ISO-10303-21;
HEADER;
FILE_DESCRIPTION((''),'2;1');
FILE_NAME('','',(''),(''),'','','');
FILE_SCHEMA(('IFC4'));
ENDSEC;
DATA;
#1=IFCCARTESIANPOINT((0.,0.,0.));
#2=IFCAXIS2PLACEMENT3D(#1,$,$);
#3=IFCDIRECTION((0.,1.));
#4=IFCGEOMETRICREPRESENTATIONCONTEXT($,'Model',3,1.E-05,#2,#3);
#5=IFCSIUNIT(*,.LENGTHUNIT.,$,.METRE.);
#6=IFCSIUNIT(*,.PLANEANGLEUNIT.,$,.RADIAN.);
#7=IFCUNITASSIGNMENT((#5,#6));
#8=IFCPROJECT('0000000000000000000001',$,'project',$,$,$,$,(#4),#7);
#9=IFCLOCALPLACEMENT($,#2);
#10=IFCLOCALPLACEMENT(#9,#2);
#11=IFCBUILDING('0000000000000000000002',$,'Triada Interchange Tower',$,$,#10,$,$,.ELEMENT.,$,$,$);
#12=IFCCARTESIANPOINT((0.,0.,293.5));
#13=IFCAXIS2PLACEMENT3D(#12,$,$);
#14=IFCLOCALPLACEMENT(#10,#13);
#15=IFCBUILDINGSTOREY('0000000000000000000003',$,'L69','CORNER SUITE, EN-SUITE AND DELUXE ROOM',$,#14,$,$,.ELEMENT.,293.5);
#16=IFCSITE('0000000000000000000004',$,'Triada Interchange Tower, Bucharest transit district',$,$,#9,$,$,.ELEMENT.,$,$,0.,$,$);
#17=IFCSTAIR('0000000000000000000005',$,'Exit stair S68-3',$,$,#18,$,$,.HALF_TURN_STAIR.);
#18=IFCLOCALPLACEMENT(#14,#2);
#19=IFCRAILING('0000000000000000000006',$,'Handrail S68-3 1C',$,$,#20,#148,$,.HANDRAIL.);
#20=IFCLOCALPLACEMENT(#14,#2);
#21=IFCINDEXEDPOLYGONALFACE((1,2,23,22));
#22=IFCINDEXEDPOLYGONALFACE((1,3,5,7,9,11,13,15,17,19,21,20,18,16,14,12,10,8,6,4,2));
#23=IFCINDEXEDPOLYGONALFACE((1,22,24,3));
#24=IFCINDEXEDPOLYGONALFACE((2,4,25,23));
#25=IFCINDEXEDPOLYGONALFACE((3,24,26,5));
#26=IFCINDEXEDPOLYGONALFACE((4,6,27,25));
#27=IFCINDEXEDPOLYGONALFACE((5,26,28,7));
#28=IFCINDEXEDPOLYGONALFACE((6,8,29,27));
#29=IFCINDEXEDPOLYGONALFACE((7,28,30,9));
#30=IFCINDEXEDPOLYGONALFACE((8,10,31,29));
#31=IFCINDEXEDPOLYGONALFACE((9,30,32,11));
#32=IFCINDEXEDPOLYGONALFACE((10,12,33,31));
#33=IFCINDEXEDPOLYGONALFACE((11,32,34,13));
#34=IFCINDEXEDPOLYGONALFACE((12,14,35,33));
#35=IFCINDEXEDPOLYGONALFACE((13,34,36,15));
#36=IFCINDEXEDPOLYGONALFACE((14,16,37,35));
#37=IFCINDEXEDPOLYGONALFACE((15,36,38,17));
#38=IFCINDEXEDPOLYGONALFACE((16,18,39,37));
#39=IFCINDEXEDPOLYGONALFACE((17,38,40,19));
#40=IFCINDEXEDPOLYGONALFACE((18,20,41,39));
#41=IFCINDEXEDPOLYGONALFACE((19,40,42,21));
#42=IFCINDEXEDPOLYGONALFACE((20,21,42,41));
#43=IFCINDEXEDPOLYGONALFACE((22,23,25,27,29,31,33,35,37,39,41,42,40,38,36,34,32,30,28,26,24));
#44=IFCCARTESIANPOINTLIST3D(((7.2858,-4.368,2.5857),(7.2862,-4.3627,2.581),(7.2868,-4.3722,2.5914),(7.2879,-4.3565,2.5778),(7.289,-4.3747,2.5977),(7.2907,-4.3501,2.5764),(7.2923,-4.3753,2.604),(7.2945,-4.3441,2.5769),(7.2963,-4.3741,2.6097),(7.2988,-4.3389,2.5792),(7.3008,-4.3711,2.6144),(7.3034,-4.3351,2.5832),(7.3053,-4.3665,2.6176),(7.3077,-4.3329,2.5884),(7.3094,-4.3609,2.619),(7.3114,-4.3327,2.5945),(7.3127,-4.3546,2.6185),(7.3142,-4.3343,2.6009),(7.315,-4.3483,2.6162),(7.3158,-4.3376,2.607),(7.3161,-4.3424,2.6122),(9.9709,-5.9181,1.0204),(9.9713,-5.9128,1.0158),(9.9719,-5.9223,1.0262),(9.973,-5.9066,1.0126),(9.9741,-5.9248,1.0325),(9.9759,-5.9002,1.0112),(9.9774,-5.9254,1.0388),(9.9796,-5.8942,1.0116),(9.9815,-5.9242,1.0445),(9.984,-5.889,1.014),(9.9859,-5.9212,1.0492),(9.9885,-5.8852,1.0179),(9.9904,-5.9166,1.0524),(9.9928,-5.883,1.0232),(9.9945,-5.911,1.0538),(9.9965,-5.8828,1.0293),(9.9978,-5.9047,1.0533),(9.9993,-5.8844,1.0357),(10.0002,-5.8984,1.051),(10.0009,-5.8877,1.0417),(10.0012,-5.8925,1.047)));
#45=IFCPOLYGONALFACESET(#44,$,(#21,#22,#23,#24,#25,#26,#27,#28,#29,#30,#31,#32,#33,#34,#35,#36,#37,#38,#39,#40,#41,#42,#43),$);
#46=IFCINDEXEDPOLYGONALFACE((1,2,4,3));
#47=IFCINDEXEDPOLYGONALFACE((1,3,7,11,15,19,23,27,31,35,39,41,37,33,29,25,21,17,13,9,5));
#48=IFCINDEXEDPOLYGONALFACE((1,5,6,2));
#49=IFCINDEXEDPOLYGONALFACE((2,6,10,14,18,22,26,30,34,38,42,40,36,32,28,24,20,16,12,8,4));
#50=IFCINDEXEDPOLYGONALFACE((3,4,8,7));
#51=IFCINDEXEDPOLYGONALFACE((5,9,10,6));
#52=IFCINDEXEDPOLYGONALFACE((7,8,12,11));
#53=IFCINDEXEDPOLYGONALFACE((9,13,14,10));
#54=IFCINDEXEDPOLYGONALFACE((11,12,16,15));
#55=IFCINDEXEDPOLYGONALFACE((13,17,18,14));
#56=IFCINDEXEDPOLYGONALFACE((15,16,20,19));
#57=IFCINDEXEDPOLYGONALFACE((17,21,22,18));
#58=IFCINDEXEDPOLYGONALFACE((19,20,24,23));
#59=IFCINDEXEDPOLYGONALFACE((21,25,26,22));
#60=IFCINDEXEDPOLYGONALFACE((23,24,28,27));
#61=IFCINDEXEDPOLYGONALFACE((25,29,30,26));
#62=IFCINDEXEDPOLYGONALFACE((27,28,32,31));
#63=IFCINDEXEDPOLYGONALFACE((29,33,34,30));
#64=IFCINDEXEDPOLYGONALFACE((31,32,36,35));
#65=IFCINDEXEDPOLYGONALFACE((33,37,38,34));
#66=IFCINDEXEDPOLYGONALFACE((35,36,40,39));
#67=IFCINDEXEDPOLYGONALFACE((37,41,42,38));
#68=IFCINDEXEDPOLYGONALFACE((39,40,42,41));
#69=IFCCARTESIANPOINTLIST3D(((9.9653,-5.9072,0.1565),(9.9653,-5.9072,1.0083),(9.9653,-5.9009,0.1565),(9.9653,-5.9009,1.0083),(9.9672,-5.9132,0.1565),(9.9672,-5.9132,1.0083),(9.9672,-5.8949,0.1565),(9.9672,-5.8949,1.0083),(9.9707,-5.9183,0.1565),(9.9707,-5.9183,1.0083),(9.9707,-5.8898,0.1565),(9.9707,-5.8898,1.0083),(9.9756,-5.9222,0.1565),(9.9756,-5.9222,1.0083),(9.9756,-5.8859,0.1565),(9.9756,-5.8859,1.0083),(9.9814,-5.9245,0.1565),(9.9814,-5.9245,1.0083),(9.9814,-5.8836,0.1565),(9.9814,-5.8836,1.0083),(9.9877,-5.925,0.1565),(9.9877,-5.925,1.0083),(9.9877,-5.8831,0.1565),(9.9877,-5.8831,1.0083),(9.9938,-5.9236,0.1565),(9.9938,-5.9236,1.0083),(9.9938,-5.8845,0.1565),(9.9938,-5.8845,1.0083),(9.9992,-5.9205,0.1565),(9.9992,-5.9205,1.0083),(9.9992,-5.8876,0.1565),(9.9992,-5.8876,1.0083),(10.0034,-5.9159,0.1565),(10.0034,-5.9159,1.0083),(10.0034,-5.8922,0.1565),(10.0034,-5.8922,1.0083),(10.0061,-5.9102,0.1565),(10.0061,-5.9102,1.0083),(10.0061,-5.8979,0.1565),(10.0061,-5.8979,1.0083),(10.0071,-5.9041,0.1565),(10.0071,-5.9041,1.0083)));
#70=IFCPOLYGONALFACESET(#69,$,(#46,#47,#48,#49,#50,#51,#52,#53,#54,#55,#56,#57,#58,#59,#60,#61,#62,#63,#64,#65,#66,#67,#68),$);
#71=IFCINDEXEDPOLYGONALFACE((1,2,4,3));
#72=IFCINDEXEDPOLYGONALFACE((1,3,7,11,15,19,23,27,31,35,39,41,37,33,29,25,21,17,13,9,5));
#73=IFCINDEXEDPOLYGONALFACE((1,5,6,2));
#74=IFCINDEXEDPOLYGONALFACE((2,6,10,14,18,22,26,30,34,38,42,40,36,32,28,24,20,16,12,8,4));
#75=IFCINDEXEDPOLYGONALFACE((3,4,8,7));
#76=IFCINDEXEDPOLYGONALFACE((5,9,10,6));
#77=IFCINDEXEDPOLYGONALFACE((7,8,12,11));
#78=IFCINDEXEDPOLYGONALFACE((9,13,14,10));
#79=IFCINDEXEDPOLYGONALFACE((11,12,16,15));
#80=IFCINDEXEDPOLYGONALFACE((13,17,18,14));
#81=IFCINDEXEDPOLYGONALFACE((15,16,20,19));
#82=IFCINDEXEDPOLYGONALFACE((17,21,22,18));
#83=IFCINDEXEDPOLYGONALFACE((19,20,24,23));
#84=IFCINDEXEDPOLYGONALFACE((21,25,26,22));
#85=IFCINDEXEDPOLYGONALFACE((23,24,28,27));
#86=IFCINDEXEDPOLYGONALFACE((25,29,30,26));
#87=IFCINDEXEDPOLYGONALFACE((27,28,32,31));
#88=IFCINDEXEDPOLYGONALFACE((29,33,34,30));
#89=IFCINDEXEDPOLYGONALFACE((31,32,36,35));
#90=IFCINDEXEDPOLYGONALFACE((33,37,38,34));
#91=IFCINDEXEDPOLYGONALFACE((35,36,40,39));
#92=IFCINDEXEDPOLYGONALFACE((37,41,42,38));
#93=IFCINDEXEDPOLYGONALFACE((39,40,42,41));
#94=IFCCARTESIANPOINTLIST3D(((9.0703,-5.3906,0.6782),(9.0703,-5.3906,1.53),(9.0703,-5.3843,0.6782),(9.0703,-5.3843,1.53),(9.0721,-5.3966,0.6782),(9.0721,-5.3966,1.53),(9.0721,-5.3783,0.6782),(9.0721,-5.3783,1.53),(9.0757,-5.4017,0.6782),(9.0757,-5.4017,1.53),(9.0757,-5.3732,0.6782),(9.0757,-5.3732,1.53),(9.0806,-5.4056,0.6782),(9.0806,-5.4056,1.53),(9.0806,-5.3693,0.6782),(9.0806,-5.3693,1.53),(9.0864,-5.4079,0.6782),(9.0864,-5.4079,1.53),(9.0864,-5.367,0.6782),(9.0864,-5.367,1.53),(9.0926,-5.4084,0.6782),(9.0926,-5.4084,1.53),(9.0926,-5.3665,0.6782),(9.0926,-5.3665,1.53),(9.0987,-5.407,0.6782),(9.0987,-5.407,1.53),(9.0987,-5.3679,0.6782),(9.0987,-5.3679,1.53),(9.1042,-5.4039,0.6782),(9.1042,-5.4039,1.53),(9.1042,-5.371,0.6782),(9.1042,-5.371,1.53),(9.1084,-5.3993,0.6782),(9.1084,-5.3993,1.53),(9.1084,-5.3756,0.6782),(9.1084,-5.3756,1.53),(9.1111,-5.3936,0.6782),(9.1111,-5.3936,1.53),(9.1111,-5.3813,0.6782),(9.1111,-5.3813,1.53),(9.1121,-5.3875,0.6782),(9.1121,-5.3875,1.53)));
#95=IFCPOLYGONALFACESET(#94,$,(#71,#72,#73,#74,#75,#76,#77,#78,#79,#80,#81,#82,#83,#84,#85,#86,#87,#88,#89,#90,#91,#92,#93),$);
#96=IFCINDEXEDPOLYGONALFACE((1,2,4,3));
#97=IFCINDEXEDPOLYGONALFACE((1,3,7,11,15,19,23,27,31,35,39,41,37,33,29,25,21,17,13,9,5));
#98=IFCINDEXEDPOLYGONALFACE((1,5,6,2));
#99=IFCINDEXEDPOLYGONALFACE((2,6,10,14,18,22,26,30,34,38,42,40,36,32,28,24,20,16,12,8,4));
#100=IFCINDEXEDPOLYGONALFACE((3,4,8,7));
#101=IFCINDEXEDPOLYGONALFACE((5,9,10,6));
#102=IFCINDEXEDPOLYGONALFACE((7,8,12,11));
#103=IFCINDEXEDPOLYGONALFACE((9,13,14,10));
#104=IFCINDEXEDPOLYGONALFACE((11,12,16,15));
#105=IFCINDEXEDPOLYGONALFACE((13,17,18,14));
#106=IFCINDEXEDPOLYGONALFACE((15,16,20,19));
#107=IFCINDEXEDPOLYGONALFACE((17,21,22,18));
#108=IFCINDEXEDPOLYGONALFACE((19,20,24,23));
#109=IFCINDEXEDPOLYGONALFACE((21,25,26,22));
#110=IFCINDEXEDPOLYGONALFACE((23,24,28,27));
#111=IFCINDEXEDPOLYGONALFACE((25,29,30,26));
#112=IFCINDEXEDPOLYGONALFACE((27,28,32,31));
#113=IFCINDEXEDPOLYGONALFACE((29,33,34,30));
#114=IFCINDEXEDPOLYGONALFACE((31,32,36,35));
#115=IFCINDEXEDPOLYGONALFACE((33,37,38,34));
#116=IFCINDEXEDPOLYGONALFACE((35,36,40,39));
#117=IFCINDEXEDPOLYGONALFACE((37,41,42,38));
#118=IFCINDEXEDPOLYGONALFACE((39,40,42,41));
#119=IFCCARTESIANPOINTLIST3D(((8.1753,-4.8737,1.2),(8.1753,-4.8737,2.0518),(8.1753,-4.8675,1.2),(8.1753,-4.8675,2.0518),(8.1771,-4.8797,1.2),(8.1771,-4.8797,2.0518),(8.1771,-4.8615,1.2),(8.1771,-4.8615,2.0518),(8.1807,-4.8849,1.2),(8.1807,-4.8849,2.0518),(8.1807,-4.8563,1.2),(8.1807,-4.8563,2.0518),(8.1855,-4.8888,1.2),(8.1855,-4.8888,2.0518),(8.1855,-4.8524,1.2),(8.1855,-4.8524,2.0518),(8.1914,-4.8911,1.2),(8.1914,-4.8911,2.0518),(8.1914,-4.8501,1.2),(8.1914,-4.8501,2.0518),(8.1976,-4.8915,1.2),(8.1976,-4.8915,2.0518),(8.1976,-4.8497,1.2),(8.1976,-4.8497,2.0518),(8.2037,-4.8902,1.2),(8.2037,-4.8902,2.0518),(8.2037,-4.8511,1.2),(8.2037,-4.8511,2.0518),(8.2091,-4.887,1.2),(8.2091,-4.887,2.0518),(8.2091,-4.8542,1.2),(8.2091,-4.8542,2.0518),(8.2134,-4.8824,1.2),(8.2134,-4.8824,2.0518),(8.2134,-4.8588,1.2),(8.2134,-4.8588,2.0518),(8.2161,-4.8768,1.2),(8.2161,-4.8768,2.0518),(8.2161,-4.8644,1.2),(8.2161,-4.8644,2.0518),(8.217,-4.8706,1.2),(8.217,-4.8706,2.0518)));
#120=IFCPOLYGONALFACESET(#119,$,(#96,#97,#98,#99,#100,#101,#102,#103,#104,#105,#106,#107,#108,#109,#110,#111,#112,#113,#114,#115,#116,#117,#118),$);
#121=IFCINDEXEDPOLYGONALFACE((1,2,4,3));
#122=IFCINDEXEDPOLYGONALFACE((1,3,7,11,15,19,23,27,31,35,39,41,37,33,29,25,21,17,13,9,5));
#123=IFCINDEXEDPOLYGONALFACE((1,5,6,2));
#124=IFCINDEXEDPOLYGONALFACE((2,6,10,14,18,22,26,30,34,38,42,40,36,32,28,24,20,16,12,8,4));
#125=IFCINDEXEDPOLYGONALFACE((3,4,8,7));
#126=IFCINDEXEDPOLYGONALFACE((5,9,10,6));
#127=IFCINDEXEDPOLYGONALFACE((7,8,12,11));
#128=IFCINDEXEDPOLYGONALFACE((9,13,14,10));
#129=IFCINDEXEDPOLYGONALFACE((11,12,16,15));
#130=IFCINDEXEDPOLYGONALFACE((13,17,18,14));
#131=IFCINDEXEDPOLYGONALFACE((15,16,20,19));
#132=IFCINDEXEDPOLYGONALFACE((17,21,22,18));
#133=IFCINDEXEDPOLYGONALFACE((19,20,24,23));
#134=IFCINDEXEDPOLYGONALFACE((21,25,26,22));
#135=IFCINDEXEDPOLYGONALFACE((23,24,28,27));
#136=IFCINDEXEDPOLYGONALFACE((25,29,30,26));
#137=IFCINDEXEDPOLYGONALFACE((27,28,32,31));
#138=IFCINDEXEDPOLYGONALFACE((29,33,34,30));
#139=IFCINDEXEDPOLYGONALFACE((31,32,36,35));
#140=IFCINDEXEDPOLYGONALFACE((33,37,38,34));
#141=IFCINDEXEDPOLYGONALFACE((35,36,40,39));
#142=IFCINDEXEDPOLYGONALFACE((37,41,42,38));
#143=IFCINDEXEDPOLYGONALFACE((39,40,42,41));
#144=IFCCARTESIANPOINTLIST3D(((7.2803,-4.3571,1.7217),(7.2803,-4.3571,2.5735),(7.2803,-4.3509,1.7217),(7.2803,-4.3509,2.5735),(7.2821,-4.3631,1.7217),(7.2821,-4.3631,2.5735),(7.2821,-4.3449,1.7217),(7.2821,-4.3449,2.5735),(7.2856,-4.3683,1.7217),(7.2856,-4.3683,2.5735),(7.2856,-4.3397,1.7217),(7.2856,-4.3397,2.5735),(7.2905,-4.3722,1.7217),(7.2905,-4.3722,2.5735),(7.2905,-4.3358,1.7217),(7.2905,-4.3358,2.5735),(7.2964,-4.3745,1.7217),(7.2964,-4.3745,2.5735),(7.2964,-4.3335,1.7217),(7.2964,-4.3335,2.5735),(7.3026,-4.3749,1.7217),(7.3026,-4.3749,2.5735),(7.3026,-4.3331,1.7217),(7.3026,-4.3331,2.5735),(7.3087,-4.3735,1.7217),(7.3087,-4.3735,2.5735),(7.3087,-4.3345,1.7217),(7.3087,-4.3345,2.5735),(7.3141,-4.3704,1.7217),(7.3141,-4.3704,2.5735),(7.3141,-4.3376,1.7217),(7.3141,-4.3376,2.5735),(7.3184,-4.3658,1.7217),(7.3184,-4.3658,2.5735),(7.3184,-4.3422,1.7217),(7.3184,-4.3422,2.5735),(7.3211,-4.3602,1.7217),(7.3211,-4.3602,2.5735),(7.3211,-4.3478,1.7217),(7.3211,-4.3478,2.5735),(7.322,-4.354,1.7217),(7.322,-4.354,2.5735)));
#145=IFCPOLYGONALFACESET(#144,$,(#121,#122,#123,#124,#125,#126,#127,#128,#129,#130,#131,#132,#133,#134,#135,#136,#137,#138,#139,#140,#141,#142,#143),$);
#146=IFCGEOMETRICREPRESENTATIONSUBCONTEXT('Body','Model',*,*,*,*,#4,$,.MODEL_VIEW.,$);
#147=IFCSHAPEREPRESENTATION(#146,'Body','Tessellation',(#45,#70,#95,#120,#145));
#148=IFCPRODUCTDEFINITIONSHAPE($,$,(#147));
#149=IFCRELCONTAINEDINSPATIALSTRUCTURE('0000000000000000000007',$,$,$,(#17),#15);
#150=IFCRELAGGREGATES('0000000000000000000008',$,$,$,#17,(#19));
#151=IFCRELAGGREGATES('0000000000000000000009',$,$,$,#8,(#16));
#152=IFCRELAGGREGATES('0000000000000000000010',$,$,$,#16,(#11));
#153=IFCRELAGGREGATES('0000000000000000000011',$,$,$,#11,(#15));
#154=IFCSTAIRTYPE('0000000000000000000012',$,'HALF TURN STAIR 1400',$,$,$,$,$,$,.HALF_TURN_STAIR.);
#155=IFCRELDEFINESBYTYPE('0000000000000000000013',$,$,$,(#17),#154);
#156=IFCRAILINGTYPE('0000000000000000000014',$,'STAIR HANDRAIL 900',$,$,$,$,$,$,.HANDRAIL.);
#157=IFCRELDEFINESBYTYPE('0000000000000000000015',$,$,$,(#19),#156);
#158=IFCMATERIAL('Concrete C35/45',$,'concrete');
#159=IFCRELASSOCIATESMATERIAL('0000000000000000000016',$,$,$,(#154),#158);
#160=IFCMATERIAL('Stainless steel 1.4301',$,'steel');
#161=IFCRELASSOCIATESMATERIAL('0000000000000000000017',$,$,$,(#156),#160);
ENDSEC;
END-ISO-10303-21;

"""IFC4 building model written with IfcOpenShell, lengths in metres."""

from ifc_helpers import new_model, si_unit, direction, frame, origin, origin_2d, place, context, subcontext, project, spatial, circle, extrude, material, type_object, element, aggregate, save


model = new_model("IFC4")

# Units and contexts
model_context = context("Model", 3, precision=1e-05, world=origin(), true_north=direction((0.0, 1.0)))
body_context = subcontext(model_context, "Body", "Model", "MODEL_VIEW")
ifc_project = project(units=[si_unit("LENGTHUNIT", "METRE"), si_unit("PLANEANGLEUNIT", "RADIAN")], contexts=[model_context])

# Site, building, storey
site_placement = place(None, origin())
site = spatial("IfcSite", under=ifc_project, at=site_placement, Name="Triada Interchange Tower, Bucharest transit district", CompositionType="ELEMENT", RefElevation=0.0)
building_placement = place(site_placement, origin())
building = spatial("IfcBuilding", under=site, at=building_placement, Name="Triada Interchange Tower", CompositionType="ELEMENT")
storey_placement = place(building_placement, frame((0.0, 0.0, 293.5)))
storey = spatial("IfcBuildingStorey", under=building, at=storey_placement, Name="L69", Description="CORNER SUITE, EN-SUITE AND DELUXE ROOM", CompositionType="ELEMENT", Elevation=293.5)

# Stair, railing
ifc_material_1 = material(Name="Concrete C35/45", Category="concrete")
stair_type = type_object("IfcStairType", Name="HALF TURN STAIR 1400", PredefinedType="HALF_TURN_STAIR", material=ifc_material_1)
stair_placement = place(storey_placement, origin())
stair = element("IfcStair", 1, at=stair_placement, inside=storey, type_object=stair_type, Name="Exit stair S68-3", PredefinedType="HALF_TURN_STAIR")
ifc_material_2 = material(Name="Stainless steel 1.4301", Category="steel")
railing_type = type_object("IfcRailingType", Name="STAIR HANDRAIL 900", PredefinedType="HANDRAIL", material=ifc_material_2)
railing_1_placement = place(storey_placement, frame((9.9861, -5.9041, 0.1565)))
railing_1 = element("IfcRailing", 2, at=railing_1_placement, type_object=railing_type, Name="Handrail S68-3 1C", PredefinedType="HANDRAIL", context=body_context, shape_type="SweptSolid", body=[
    extrude(circle(Radius=0.0239, at=origin_2d()), frame((0.0, 0.0, 0.876), z_axis=(-0.773115, 0.446309, 0.450667), x_axis=(-0.499959, -0.866049, 0.0)), (0.0, 0.0, 1.0), 3.4731),
    extrude(circle(Radius=0.021, at=origin_2d()), origin(), (0.0, 0.0, 1.0), 0.8518),
    extrude(circle(Radius=0.021, at=origin_2d()), frame((-0.895, 0.5166, 0.5217)), (0.0, 0.0, 1.0), 0.8518),
    extrude(circle(Radius=0.021, at=origin_2d()), frame((-1.79, 1.0334, 1.0435)), (0.0, 0.0, 1.0), 0.8518),
    extrude(circle(Radius=0.021, at=origin_2d()), frame((-2.6851, 1.55, 1.5652)), (0.0, 0.0, 1.0), 0.8518),
])
aggregate(stair, [railing_1])

save(model, "model.ifc")
